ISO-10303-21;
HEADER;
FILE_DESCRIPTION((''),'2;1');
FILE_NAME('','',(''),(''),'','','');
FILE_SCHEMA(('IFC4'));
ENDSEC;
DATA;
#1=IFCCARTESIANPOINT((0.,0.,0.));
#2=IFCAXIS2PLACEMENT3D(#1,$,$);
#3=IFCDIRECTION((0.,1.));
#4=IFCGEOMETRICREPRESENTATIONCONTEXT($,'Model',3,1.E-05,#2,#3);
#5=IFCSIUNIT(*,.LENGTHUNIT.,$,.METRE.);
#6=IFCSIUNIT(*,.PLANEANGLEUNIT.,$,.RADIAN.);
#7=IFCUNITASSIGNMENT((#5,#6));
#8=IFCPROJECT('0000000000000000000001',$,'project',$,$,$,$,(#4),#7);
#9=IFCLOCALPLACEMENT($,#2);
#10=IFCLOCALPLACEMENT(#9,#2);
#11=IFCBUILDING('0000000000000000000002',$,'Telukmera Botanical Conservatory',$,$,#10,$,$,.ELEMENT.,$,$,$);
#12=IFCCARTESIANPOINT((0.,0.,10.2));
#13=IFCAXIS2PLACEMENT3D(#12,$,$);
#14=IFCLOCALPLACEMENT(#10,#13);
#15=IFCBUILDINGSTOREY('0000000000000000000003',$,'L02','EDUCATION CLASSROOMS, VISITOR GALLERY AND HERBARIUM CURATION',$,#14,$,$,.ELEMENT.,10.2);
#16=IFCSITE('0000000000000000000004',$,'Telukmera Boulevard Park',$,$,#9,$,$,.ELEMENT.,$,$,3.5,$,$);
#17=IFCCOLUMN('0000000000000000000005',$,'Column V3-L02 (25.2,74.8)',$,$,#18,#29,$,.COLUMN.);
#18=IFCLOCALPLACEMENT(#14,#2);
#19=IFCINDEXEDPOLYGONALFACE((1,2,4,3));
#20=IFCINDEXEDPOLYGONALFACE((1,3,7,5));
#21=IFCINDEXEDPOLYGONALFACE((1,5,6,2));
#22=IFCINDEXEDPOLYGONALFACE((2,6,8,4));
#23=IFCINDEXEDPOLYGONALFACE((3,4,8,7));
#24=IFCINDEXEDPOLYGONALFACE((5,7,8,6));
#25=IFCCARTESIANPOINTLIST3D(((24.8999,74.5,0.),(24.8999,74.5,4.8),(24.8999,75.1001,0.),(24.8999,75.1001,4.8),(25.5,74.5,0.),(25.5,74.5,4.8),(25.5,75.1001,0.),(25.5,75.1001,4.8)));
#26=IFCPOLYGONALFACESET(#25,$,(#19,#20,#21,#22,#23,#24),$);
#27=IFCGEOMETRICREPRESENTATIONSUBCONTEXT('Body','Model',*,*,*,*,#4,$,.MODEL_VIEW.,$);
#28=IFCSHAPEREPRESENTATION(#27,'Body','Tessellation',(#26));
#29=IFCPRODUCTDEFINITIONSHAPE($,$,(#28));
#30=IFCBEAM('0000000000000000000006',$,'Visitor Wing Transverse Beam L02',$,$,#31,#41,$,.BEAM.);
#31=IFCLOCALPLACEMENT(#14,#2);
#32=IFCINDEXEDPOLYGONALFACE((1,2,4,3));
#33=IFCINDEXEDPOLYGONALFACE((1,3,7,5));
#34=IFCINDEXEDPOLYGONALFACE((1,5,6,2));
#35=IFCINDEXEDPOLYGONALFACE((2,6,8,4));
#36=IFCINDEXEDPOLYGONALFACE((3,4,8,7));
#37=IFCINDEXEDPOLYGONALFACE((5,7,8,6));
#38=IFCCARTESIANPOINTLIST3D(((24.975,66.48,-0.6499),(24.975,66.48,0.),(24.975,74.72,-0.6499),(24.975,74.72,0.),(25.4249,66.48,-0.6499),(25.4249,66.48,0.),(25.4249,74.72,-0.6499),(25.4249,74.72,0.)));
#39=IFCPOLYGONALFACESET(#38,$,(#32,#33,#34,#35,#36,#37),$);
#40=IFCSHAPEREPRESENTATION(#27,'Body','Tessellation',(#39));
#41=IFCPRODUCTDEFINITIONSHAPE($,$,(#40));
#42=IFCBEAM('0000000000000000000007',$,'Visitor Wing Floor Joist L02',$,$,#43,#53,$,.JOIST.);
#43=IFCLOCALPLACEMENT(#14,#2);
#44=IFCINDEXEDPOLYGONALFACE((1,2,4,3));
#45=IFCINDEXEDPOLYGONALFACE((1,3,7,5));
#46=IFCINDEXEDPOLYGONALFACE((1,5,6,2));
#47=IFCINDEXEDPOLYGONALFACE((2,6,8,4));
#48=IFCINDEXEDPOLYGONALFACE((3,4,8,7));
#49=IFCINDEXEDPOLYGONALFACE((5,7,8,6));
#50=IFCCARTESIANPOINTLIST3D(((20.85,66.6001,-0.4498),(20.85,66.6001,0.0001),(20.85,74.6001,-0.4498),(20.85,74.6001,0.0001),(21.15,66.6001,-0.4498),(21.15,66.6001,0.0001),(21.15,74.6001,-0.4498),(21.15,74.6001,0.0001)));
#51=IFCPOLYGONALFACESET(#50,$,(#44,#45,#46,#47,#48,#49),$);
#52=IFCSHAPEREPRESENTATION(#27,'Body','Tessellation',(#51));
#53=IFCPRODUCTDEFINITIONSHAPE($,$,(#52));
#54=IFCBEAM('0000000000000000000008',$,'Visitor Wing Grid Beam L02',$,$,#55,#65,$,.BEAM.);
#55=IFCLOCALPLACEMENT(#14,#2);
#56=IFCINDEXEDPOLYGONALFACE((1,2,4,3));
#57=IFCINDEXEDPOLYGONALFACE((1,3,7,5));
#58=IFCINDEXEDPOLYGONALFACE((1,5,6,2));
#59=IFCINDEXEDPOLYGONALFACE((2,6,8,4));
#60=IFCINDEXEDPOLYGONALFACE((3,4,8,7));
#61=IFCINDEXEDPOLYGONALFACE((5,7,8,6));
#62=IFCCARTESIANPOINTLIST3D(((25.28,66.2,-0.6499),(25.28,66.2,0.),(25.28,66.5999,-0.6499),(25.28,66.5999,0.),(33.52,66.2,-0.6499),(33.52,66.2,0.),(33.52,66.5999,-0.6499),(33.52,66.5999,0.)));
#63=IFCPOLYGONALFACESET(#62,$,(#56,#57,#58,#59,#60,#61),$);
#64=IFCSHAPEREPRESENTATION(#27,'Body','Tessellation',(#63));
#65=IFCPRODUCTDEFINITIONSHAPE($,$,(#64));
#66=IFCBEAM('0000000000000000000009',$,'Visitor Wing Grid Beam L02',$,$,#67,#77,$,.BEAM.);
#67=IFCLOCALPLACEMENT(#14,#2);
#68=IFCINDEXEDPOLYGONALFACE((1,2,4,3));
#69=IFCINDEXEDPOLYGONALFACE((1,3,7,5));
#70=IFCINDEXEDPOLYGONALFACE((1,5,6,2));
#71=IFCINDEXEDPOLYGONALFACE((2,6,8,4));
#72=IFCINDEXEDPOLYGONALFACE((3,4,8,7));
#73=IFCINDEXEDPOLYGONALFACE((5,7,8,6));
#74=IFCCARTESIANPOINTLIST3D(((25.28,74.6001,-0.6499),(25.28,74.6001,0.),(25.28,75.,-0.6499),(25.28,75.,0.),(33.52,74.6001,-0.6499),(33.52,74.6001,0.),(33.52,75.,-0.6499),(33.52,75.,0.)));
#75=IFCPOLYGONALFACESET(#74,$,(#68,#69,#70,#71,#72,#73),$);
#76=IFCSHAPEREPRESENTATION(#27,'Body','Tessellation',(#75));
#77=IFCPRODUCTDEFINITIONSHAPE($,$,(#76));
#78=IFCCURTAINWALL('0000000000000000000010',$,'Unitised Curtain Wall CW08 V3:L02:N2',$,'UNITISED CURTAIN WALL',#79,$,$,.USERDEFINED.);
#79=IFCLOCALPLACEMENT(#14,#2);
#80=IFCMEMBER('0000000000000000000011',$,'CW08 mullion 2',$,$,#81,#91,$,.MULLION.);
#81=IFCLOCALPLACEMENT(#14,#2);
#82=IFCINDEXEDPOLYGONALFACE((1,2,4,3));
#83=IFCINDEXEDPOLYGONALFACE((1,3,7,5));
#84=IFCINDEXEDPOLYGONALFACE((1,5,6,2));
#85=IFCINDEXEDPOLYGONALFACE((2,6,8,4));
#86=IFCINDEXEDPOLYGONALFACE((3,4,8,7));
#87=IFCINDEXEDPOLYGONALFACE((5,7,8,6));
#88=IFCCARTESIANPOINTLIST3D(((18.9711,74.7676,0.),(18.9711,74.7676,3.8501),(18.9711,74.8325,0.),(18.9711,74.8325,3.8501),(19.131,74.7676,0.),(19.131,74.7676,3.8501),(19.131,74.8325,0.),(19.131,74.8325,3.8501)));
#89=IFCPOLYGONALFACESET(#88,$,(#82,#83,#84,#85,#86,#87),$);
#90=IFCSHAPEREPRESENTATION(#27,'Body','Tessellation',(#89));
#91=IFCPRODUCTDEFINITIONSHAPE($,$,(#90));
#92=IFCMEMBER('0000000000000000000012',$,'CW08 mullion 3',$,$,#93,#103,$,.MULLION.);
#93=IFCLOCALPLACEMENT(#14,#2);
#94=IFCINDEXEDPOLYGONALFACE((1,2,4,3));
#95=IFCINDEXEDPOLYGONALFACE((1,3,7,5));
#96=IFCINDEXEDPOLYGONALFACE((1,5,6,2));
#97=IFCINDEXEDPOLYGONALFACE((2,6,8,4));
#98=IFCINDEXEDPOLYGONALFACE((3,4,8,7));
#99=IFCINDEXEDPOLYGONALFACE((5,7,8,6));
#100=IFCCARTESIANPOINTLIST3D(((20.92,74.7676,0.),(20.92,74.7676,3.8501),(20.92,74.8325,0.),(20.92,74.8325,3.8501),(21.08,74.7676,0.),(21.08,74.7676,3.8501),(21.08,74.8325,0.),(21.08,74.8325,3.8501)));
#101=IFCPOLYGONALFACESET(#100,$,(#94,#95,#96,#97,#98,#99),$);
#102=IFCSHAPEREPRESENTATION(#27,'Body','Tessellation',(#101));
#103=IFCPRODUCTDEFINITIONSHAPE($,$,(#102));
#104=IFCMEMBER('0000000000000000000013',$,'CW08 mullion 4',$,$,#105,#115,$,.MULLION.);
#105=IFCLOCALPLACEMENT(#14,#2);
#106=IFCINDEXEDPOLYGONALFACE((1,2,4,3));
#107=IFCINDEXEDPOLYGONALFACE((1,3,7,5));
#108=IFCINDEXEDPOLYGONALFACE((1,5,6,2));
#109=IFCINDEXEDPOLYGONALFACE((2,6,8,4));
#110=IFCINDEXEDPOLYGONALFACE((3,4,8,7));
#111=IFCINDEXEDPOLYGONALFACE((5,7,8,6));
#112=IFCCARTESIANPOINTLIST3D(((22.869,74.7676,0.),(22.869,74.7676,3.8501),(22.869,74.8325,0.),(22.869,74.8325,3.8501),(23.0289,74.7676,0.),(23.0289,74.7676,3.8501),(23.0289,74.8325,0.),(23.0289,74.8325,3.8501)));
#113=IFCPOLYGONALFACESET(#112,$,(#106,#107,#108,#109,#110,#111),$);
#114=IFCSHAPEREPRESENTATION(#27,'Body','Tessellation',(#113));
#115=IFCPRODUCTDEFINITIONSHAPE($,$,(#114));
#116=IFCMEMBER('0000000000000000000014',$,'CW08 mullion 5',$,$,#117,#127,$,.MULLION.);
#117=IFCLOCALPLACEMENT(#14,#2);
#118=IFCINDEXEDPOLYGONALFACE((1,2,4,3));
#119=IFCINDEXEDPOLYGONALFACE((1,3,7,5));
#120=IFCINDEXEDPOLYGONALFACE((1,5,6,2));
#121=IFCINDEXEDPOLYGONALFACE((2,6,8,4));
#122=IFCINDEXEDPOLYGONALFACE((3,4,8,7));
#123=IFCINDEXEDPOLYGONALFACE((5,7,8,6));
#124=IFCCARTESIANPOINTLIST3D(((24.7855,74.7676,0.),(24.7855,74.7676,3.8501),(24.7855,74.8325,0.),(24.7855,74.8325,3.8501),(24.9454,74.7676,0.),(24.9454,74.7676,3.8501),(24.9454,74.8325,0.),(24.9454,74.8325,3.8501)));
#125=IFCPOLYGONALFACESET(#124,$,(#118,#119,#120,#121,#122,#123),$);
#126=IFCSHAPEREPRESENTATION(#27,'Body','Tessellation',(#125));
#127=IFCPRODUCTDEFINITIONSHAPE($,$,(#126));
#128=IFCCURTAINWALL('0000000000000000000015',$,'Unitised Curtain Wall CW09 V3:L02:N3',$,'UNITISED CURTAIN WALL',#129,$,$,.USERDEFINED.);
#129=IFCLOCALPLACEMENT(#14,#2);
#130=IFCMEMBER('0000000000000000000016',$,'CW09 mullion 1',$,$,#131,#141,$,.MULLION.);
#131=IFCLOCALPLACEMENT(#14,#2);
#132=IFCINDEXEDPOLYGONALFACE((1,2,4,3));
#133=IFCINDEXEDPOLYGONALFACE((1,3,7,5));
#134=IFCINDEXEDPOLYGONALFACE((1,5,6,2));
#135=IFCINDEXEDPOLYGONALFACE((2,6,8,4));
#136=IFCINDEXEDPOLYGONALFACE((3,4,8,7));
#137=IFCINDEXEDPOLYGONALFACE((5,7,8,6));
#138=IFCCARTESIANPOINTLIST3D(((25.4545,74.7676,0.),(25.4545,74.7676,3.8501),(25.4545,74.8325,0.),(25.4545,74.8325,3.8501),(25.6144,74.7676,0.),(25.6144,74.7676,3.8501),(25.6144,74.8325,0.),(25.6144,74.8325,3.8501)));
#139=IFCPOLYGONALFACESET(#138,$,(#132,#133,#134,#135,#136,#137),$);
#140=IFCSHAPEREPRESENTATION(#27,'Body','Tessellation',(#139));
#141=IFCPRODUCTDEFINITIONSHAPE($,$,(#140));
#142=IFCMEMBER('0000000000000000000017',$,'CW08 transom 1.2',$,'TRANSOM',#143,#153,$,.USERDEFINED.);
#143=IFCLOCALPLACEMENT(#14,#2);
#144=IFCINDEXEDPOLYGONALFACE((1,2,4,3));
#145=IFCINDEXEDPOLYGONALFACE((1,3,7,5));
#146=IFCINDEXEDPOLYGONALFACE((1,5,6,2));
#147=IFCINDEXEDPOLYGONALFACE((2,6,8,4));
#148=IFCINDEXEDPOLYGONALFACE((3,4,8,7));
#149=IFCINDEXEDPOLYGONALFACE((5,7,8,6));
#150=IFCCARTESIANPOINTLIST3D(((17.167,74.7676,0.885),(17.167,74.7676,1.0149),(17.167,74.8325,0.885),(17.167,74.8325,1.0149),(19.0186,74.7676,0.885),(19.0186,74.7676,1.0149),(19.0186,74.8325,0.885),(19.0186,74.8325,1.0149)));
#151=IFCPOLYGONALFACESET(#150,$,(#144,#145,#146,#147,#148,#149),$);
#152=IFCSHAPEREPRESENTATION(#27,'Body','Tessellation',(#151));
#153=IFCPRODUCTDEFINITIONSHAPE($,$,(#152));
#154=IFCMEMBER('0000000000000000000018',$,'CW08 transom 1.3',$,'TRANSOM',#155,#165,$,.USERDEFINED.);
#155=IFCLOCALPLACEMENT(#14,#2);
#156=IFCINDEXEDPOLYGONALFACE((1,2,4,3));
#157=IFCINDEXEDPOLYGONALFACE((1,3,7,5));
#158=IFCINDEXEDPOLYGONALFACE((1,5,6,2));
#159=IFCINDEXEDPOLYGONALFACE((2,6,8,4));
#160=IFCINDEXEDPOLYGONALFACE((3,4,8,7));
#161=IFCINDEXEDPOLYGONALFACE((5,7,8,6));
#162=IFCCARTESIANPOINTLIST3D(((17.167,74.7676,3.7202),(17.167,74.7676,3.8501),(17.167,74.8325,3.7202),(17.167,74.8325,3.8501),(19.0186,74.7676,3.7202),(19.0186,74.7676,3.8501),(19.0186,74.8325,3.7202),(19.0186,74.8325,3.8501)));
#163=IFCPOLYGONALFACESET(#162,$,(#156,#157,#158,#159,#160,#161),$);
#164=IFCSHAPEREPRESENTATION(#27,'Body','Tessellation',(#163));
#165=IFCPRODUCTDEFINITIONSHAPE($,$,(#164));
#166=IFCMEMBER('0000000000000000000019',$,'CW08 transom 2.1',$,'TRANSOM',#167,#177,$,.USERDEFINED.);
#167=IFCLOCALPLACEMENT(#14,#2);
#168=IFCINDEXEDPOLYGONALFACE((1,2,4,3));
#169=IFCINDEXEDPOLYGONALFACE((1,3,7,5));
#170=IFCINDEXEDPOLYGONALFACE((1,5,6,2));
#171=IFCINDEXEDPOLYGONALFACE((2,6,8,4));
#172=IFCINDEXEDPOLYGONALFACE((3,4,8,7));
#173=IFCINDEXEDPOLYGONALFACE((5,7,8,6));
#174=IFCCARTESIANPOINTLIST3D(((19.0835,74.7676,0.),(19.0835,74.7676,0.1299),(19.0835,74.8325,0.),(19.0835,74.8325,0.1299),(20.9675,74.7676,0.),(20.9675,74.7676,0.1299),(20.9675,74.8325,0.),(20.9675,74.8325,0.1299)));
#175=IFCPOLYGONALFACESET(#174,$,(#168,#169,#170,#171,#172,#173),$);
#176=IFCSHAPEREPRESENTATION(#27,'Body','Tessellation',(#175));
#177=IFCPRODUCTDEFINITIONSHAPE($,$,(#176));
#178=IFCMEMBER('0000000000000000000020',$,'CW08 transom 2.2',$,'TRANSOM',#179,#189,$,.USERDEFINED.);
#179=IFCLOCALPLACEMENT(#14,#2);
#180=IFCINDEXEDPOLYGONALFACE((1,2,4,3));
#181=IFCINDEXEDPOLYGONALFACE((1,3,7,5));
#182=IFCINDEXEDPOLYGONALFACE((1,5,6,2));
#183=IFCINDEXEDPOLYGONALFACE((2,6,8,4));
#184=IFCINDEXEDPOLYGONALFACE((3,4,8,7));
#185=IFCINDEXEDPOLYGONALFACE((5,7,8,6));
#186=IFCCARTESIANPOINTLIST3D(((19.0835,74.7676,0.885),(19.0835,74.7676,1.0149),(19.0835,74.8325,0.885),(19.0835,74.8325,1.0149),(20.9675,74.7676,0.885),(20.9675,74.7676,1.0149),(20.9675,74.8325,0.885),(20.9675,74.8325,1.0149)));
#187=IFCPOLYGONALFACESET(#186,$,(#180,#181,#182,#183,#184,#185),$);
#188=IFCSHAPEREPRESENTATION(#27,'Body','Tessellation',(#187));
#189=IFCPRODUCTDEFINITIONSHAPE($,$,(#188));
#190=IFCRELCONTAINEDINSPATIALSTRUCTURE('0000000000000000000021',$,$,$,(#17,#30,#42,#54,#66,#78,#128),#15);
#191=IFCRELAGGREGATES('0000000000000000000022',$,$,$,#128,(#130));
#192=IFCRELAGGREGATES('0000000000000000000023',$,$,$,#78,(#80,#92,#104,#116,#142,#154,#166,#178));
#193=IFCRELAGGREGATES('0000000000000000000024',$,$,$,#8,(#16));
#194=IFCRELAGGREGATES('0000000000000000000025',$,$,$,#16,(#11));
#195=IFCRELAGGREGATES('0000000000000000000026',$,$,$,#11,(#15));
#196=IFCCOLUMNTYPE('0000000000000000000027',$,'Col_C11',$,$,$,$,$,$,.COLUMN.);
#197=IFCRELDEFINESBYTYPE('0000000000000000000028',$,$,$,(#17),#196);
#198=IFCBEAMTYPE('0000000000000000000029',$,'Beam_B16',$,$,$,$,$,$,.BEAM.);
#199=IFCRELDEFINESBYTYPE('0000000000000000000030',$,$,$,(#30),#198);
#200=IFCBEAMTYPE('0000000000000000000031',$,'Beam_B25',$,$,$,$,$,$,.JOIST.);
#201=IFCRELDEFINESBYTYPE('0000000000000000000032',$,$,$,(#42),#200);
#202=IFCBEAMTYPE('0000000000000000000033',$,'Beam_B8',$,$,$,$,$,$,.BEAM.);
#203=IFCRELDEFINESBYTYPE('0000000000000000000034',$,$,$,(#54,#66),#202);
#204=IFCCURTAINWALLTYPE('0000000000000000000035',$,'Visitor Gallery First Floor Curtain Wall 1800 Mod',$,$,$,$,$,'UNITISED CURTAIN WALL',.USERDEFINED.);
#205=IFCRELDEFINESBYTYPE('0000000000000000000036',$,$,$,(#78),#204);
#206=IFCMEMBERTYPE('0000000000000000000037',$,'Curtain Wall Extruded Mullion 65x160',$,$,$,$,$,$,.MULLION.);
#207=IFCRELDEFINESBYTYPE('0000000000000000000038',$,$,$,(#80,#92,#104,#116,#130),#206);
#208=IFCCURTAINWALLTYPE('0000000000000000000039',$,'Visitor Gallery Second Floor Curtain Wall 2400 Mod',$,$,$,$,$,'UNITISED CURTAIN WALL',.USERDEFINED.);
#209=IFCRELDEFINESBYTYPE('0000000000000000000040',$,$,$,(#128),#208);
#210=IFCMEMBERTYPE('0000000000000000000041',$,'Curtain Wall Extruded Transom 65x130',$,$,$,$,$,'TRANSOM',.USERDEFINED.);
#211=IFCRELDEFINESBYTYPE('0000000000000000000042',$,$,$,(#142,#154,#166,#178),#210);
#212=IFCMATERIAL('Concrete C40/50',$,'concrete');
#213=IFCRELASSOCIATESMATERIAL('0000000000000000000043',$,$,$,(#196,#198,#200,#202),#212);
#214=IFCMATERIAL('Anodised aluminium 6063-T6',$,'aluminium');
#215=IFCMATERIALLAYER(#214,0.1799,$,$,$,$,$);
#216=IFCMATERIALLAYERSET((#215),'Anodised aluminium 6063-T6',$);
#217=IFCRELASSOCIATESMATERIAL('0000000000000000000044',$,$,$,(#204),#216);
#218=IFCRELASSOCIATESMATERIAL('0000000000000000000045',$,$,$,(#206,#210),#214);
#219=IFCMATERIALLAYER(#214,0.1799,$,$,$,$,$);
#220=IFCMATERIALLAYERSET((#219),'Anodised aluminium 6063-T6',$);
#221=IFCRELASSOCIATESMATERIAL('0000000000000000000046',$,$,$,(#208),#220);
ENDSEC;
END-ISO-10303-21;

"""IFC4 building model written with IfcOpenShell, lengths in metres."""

from ifc_helpers import new_model, si_unit, direction, frame, origin, origin_2d, place, context, subcontext, project, spatial, rectangle, extrude, material, layer, layer_set, material_profile, profile_set, type_object, element, aggregate, save


model = new_model("IFC4")

# Units and contexts
model_context = context("Model", 3, precision=1e-05, world=origin(), true_north=direction((0.0, 1.0)))
body_context = subcontext(model_context, "Body", "Model", "MODEL_VIEW")
ifc_project = project(units=[si_unit("LENGTHUNIT", "METRE"), si_unit("PLANEANGLEUNIT", "RADIAN")], contexts=[model_context])

# Site, building, storey
site_placement = place(None, origin())
site = spatial("IfcSite", under=ifc_project, at=site_placement, Name="Telukmera Boulevard Park", CompositionType="ELEMENT", RefElevation=3.5)
building_placement = place(site_placement, origin())
building = spatial("IfcBuilding", under=site, at=building_placement, Name="Telukmera Botanical Conservatory", CompositionType="ELEMENT")
storey_placement = place(building_placement, frame((0.0, 0.0, 10.2)))
storey = spatial("IfcBuildingStorey", under=building, at=storey_placement, Name="L02", Description="EDUCATION CLASSROOMS, VISITOR GALLERY AND HERBARIUM CURATION", CompositionType="ELEMENT", Elevation=10.2)

# Column
ifc_material_1 = material(Name="Concrete C40/50", Category="concrete")
ifc_material_profile_1 = material_profile(ifc_material_1, rectangle(XDim=0.6001, YDim=0.6001, at=origin_2d()), Name="RC 600x600")
ifc_profile_set_1 = profile_set([ifc_material_profile_1], Name="Concrete C40/50")
column_type = type_object("IfcColumnType", Name="Col_C11", PredefinedType="COLUMN", material=ifc_profile_set_1)
column_placement = place(storey_placement, frame((25.2, 74.8, 0.0), z_axis=(0.0, 0.0, 1.0), x_axis=(1.0, 0.0, 0.0)))
element("IfcColumn", 1, at=column_placement, inside=storey, type_object=column_type, Name="Column V3-L02 (25.2,74.8)", PredefinedType="COLUMN", context=body_context, shape_type="SweptSolid", body=[
    extrude(rectangle(XDim=0.6001, YDim=0.6001, at=origin_2d()), origin(), (0.0, 0.0, 1.0), 4.8),
])

# Beams
ifc_material_profile_2 = material_profile(ifc_material_1, rectangle(XDim=0.45, YDim=0.6499, at=origin_2d()), Name="RC 450x650")
ifc_profile_set_2 = profile_set([ifc_material_profile_2], Name="Concrete C40/50")
beam_type_1 = type_object("IfcBeamType", Name="Beam_B16", PredefinedType="BEAM", material=ifc_profile_set_2)
beam_1_placement = place(storey_placement, frame((25.2, 66.48, -0.325), z_axis=(0.0, 1.0, 0.0), x_axis=(-1.0, 0.0, 0.0)))
element("IfcBeam", 2, at=beam_1_placement, inside=storey, type_object=beam_type_1, Name="Visitor Wing Transverse Beam L02", PredefinedType="BEAM", context=body_context, shape_type="SweptSolid", body=[
    extrude(rectangle(XDim=0.45, YDim=0.6499, at=origin_2d()), origin(), (0.0, 0.0, 1.0), 8.24),
])
ifc_material_profile_3 = material_profile(ifc_material_1, rectangle(XDim=0.3, YDim=0.45, at=origin_2d()), Name="RC 300x450")
ifc_profile_set_3 = profile_set([ifc_material_profile_3], Name="Concrete C40/50")
beam_type_2 = type_object("IfcBeamType", Name="Beam_B25", PredefinedType="JOIST", material=ifc_profile_set_3)
beam_2_placement = place(storey_placement, frame((21.0, 66.6001, -0.2249), z_axis=(0.0, 1.0, 0.0), x_axis=(-1.0, 0.0, 0.0)))
element("IfcBeam", 3, at=beam_2_placement, inside=storey, type_object=beam_type_2, Name="Visitor Wing Floor Joist L02", PredefinedType="JOIST", context=body_context, shape_type="SweptSolid", body=[
    extrude(rectangle(XDim=0.3, YDim=0.45, at=origin_2d()), origin(), (0.0, 0.0, 1.0), 8.0),
])
ifc_material_profile_4 = material_profile(ifc_material_1, rectangle(XDim=0.3999, YDim=0.6499, at=origin_2d()), Name="RC 400x650")
ifc_profile_set_4 = profile_set([ifc_material_profile_4], Name="Concrete C40/50")
beam_type_3 = type_object("IfcBeamType", Name="Beam_B8", PredefinedType="BEAM", material=ifc_profile_set_4)
for number, where, z_axis, x_axis, name in (
    (4, (25.28, 66.3999, -0.325), (1.0, 0.0, 0.0), (0.0, 1.0, 0.0), "Visitor Wing Grid Beam L02"),
    (5, (25.28, 74.8, -0.325), (1.0, 0.0, 0.0), (0.0, 1.0, 0.0), "Visitor Wing Grid Beam L02"),
):
    element("IfcBeam", number, at=place(storey_placement, frame(where, z_axis=z_axis, x_axis=x_axis)), inside=storey, type_object=beam_type_3, Name=name, PredefinedType="BEAM", context=body_context, shape_type="SweptSolid", body=[
        extrude(rectangle(XDim=0.3999, YDim=0.6499, at=origin_2d()), origin(), (0.0, 0.0, 1.0), 8.24),
    ])

# Curtain wall, members
ifc_material_2 = material(Name="Anodised aluminium 6063-T6", Category="aluminium")
ifc_layer_1 = layer(ifc_material_2, 0.1799)
ifc_layer_set_1 = layer_set([ifc_layer_1], Name="Anodised aluminium 6063-T6")
curtain_wall_type_1 = type_object("IfcCurtainWallType", Name="Visitor Gallery First Floor Curtain Wall 1800 Mod", ElementType="UNITISED CURTAIN WALL", PredefinedType="USERDEFINED", material=ifc_layer_set_1)
curtain_wall_1_placement = place(storey_placement, origin())
curtain_wall_1 = element("IfcCurtainWall", 6, at=curtain_wall_1_placement, inside=storey, type_object=curtain_wall_type_1, Name="Unitised Curtain Wall CW08 V3:L02:N2", ObjectType="UNITISED CURTAIN WALL", PredefinedType="USERDEFINED")
ifc_material_profile_5 = material_profile(ifc_material_2, rectangle(XDim=0.0649, YDim=0.1599, at=origin_2d()), Name="ALU MULL 65x160")
ifc_profile_set_5 = profile_set([ifc_material_profile_5], Name="Anodised aluminium 6063-T6")
member_type_1 = type_object("IfcMemberType", Name="Curtain Wall Extruded Mullion 65x160", PredefinedType="MULLION", material=ifc_profile_set_5)
member_1_placement = place(storey_placement, frame((19.051, 74.8, 0.0), z_axis=(0.0, 0.0, 1.0), x_axis=(0.0, 1.0, 0.0)))
member_1 = element("IfcMember", 7, at=member_1_placement, type_object=member_type_1, Name="CW08 mullion 2", PredefinedType="MULLION", context=body_context, shape_type="SweptSolid", body=[
    extrude(rectangle(XDim=0.0649, YDim=0.1599, at=origin_2d()), origin(), (0.0, 0.0, 1.0), 3.8501),
])
member_2_placement = place(storey_placement, frame((21.0, 74.8, 0.0), z_axis=(0.0, 0.0, 1.0), x_axis=(0.0, 1.0, 0.0)))
member_2 = element("IfcMember", 8, at=member_2_placement, type_object=member_type_1, Name="CW08 mullion 3", PredefinedType="MULLION", context=body_context, shape_type="SweptSolid", body=[
    extrude(rectangle(XDim=0.0649, YDim=0.1599, at=origin_2d()), origin(), (0.0, 0.0, 1.0), 3.8501),
])
member_3_placement = place(storey_placement, frame((22.949, 74.8, 0.0), z_axis=(0.0, 0.0, 1.0), x_axis=(0.0, 1.0, 0.0)))
member_3 = element("IfcMember", 9, at=member_3_placement, type_object=member_type_1, Name="CW08 mullion 4", PredefinedType="MULLION", context=body_context, shape_type="SweptSolid", body=[
    extrude(rectangle(XDim=0.0649, YDim=0.1599, at=origin_2d()), origin(), (0.0, 0.0, 1.0), 3.8501),
])
member_4_placement = place(storey_placement, frame((24.8655, 74.8, 0.0), z_axis=(0.0, 0.0, 1.0), x_axis=(0.0, 1.0, 0.0)))
member_4 = element("IfcMember", 10, at=member_4_placement, type_object=member_type_1, Name="CW08 mullion 5", PredefinedType="MULLION", context=body_context, shape_type="SweptSolid", body=[
    extrude(rectangle(XDim=0.0649, YDim=0.1599, at=origin_2d()), origin(), (0.0, 0.0, 1.0), 3.8501),
])

# Curtain wall, member
ifc_layer_2 = layer(ifc_material_2, 0.1799)
ifc_layer_set_2 = layer_set([ifc_layer_2], Name="Anodised aluminium 6063-T6")
curtain_wall_type_2 = type_object("IfcCurtainWallType", Name="Visitor Gallery Second Floor Curtain Wall 2400 Mod", ElementType="UNITISED CURTAIN WALL", PredefinedType="USERDEFINED", material=ifc_layer_set_2)
curtain_wall_2_placement = place(storey_placement, origin())
curtain_wall_2 = element("IfcCurtainWall", 11, at=curtain_wall_2_placement, inside=storey, type_object=curtain_wall_type_2, Name="Unitised Curtain Wall CW09 V3:L02:N3", ObjectType="UNITISED CURTAIN WALL", PredefinedType="USERDEFINED")
member_5_placement = place(storey_placement, frame((25.5344, 74.8, 0.0), z_axis=(0.0, 0.0, 1.0), x_axis=(0.0, 1.0, 0.0)))
member_5 = element("IfcMember", 12, at=member_5_placement, type_object=member_type_1, Name="CW09 mullion 1", PredefinedType="MULLION", context=body_context, shape_type="SweptSolid", body=[
    extrude(rectangle(XDim=0.0649, YDim=0.1599, at=origin_2d()), origin(), (0.0, 0.0, 1.0), 3.8501),
])

# Members
ifc_material_profile_6 = material_profile(ifc_material_2, rectangle(XDim=0.0649, YDim=0.1299, at=origin_2d()), Name="ALU TRAN 65x130")
ifc_profile_set_6 = profile_set([ifc_material_profile_6], Name="Anodised aluminium 6063-T6")
member_type_2 = type_object("IfcMemberType", Name="Curtain Wall Extruded Transom 65x130", ElementType="TRANSOM", PredefinedType="USERDEFINED", material=ifc_profile_set_6)
member_6_placement = place(storey_placement, frame((17.167, 74.8, 0.95), z_axis=(1.0, 0.0, 0.0), x_axis=(0.0, 1.0, 0.0)))
member_6 = element("IfcMember", 13, at=member_6_placement, type_object=member_type_2, Name="CW08 transom 1.2", ObjectType="TRANSOM", PredefinedType="USERDEFINED", context=body_context, shape_type="SweptSolid", body=[
    extrude(rectangle(XDim=0.0649, YDim=0.1299, at=origin_2d()), origin(), (0.0, 0.0, 1.0), 1.8516),
])
member_7_placement = place(storey_placement, frame((17.167, 74.8, 3.7852), z_axis=(1.0, 0.0, 0.0), x_axis=(0.0, 1.0, 0.0)))
member_7 = element("IfcMember", 14, at=member_7_placement, type_object=member_type_2, Name="CW08 transom 1.3", ObjectType="TRANSOM", PredefinedType="USERDEFINED", context=body_context, shape_type="SweptSolid", body=[
    extrude(rectangle(XDim=0.0649, YDim=0.1299, at=origin_2d()), origin(), (0.0, 0.0, 1.0), 1.8516),
])
member_8_placement = place(storey_placement, frame((19.0835, 74.8, 0.0649), z_axis=(1.0, 0.0, 0.0), x_axis=(0.0, 1.0, 0.0)))
member_8 = element("IfcMember", 15, at=member_8_placement, type_object=member_type_2, Name="CW08 transom 2.1", ObjectType="TRANSOM", PredefinedType="USERDEFINED", context=body_context, shape_type="SweptSolid", body=[
    extrude(rectangle(XDim=0.0649, YDim=0.1299, at=origin_2d()), origin(), (0.0, 0.0, 1.0), 1.884),
])
member_9_placement = place(storey_placement, frame((19.0835, 74.8, 0.95), z_axis=(1.0, 0.0, 0.0), x_axis=(0.0, 1.0, 0.0)))
member_9 = element("IfcMember", 16, at=member_9_placement, type_object=member_type_2, Name="CW08 transom 2.2", ObjectType="TRANSOM", PredefinedType="USERDEFINED", context=body_context, shape_type="SweptSolid", body=[
    extrude(rectangle(XDim=0.0649, YDim=0.1299, at=origin_2d()), origin(), (0.0, 0.0, 1.0), 1.884),
])
aggregate(curtain_wall_2, [member_5])

aggregate(curtain_wall_1, [member_1, member_2, member_3, member_4, member_6, member_7, member_8, member_9])

save(model, "model.ifc")
